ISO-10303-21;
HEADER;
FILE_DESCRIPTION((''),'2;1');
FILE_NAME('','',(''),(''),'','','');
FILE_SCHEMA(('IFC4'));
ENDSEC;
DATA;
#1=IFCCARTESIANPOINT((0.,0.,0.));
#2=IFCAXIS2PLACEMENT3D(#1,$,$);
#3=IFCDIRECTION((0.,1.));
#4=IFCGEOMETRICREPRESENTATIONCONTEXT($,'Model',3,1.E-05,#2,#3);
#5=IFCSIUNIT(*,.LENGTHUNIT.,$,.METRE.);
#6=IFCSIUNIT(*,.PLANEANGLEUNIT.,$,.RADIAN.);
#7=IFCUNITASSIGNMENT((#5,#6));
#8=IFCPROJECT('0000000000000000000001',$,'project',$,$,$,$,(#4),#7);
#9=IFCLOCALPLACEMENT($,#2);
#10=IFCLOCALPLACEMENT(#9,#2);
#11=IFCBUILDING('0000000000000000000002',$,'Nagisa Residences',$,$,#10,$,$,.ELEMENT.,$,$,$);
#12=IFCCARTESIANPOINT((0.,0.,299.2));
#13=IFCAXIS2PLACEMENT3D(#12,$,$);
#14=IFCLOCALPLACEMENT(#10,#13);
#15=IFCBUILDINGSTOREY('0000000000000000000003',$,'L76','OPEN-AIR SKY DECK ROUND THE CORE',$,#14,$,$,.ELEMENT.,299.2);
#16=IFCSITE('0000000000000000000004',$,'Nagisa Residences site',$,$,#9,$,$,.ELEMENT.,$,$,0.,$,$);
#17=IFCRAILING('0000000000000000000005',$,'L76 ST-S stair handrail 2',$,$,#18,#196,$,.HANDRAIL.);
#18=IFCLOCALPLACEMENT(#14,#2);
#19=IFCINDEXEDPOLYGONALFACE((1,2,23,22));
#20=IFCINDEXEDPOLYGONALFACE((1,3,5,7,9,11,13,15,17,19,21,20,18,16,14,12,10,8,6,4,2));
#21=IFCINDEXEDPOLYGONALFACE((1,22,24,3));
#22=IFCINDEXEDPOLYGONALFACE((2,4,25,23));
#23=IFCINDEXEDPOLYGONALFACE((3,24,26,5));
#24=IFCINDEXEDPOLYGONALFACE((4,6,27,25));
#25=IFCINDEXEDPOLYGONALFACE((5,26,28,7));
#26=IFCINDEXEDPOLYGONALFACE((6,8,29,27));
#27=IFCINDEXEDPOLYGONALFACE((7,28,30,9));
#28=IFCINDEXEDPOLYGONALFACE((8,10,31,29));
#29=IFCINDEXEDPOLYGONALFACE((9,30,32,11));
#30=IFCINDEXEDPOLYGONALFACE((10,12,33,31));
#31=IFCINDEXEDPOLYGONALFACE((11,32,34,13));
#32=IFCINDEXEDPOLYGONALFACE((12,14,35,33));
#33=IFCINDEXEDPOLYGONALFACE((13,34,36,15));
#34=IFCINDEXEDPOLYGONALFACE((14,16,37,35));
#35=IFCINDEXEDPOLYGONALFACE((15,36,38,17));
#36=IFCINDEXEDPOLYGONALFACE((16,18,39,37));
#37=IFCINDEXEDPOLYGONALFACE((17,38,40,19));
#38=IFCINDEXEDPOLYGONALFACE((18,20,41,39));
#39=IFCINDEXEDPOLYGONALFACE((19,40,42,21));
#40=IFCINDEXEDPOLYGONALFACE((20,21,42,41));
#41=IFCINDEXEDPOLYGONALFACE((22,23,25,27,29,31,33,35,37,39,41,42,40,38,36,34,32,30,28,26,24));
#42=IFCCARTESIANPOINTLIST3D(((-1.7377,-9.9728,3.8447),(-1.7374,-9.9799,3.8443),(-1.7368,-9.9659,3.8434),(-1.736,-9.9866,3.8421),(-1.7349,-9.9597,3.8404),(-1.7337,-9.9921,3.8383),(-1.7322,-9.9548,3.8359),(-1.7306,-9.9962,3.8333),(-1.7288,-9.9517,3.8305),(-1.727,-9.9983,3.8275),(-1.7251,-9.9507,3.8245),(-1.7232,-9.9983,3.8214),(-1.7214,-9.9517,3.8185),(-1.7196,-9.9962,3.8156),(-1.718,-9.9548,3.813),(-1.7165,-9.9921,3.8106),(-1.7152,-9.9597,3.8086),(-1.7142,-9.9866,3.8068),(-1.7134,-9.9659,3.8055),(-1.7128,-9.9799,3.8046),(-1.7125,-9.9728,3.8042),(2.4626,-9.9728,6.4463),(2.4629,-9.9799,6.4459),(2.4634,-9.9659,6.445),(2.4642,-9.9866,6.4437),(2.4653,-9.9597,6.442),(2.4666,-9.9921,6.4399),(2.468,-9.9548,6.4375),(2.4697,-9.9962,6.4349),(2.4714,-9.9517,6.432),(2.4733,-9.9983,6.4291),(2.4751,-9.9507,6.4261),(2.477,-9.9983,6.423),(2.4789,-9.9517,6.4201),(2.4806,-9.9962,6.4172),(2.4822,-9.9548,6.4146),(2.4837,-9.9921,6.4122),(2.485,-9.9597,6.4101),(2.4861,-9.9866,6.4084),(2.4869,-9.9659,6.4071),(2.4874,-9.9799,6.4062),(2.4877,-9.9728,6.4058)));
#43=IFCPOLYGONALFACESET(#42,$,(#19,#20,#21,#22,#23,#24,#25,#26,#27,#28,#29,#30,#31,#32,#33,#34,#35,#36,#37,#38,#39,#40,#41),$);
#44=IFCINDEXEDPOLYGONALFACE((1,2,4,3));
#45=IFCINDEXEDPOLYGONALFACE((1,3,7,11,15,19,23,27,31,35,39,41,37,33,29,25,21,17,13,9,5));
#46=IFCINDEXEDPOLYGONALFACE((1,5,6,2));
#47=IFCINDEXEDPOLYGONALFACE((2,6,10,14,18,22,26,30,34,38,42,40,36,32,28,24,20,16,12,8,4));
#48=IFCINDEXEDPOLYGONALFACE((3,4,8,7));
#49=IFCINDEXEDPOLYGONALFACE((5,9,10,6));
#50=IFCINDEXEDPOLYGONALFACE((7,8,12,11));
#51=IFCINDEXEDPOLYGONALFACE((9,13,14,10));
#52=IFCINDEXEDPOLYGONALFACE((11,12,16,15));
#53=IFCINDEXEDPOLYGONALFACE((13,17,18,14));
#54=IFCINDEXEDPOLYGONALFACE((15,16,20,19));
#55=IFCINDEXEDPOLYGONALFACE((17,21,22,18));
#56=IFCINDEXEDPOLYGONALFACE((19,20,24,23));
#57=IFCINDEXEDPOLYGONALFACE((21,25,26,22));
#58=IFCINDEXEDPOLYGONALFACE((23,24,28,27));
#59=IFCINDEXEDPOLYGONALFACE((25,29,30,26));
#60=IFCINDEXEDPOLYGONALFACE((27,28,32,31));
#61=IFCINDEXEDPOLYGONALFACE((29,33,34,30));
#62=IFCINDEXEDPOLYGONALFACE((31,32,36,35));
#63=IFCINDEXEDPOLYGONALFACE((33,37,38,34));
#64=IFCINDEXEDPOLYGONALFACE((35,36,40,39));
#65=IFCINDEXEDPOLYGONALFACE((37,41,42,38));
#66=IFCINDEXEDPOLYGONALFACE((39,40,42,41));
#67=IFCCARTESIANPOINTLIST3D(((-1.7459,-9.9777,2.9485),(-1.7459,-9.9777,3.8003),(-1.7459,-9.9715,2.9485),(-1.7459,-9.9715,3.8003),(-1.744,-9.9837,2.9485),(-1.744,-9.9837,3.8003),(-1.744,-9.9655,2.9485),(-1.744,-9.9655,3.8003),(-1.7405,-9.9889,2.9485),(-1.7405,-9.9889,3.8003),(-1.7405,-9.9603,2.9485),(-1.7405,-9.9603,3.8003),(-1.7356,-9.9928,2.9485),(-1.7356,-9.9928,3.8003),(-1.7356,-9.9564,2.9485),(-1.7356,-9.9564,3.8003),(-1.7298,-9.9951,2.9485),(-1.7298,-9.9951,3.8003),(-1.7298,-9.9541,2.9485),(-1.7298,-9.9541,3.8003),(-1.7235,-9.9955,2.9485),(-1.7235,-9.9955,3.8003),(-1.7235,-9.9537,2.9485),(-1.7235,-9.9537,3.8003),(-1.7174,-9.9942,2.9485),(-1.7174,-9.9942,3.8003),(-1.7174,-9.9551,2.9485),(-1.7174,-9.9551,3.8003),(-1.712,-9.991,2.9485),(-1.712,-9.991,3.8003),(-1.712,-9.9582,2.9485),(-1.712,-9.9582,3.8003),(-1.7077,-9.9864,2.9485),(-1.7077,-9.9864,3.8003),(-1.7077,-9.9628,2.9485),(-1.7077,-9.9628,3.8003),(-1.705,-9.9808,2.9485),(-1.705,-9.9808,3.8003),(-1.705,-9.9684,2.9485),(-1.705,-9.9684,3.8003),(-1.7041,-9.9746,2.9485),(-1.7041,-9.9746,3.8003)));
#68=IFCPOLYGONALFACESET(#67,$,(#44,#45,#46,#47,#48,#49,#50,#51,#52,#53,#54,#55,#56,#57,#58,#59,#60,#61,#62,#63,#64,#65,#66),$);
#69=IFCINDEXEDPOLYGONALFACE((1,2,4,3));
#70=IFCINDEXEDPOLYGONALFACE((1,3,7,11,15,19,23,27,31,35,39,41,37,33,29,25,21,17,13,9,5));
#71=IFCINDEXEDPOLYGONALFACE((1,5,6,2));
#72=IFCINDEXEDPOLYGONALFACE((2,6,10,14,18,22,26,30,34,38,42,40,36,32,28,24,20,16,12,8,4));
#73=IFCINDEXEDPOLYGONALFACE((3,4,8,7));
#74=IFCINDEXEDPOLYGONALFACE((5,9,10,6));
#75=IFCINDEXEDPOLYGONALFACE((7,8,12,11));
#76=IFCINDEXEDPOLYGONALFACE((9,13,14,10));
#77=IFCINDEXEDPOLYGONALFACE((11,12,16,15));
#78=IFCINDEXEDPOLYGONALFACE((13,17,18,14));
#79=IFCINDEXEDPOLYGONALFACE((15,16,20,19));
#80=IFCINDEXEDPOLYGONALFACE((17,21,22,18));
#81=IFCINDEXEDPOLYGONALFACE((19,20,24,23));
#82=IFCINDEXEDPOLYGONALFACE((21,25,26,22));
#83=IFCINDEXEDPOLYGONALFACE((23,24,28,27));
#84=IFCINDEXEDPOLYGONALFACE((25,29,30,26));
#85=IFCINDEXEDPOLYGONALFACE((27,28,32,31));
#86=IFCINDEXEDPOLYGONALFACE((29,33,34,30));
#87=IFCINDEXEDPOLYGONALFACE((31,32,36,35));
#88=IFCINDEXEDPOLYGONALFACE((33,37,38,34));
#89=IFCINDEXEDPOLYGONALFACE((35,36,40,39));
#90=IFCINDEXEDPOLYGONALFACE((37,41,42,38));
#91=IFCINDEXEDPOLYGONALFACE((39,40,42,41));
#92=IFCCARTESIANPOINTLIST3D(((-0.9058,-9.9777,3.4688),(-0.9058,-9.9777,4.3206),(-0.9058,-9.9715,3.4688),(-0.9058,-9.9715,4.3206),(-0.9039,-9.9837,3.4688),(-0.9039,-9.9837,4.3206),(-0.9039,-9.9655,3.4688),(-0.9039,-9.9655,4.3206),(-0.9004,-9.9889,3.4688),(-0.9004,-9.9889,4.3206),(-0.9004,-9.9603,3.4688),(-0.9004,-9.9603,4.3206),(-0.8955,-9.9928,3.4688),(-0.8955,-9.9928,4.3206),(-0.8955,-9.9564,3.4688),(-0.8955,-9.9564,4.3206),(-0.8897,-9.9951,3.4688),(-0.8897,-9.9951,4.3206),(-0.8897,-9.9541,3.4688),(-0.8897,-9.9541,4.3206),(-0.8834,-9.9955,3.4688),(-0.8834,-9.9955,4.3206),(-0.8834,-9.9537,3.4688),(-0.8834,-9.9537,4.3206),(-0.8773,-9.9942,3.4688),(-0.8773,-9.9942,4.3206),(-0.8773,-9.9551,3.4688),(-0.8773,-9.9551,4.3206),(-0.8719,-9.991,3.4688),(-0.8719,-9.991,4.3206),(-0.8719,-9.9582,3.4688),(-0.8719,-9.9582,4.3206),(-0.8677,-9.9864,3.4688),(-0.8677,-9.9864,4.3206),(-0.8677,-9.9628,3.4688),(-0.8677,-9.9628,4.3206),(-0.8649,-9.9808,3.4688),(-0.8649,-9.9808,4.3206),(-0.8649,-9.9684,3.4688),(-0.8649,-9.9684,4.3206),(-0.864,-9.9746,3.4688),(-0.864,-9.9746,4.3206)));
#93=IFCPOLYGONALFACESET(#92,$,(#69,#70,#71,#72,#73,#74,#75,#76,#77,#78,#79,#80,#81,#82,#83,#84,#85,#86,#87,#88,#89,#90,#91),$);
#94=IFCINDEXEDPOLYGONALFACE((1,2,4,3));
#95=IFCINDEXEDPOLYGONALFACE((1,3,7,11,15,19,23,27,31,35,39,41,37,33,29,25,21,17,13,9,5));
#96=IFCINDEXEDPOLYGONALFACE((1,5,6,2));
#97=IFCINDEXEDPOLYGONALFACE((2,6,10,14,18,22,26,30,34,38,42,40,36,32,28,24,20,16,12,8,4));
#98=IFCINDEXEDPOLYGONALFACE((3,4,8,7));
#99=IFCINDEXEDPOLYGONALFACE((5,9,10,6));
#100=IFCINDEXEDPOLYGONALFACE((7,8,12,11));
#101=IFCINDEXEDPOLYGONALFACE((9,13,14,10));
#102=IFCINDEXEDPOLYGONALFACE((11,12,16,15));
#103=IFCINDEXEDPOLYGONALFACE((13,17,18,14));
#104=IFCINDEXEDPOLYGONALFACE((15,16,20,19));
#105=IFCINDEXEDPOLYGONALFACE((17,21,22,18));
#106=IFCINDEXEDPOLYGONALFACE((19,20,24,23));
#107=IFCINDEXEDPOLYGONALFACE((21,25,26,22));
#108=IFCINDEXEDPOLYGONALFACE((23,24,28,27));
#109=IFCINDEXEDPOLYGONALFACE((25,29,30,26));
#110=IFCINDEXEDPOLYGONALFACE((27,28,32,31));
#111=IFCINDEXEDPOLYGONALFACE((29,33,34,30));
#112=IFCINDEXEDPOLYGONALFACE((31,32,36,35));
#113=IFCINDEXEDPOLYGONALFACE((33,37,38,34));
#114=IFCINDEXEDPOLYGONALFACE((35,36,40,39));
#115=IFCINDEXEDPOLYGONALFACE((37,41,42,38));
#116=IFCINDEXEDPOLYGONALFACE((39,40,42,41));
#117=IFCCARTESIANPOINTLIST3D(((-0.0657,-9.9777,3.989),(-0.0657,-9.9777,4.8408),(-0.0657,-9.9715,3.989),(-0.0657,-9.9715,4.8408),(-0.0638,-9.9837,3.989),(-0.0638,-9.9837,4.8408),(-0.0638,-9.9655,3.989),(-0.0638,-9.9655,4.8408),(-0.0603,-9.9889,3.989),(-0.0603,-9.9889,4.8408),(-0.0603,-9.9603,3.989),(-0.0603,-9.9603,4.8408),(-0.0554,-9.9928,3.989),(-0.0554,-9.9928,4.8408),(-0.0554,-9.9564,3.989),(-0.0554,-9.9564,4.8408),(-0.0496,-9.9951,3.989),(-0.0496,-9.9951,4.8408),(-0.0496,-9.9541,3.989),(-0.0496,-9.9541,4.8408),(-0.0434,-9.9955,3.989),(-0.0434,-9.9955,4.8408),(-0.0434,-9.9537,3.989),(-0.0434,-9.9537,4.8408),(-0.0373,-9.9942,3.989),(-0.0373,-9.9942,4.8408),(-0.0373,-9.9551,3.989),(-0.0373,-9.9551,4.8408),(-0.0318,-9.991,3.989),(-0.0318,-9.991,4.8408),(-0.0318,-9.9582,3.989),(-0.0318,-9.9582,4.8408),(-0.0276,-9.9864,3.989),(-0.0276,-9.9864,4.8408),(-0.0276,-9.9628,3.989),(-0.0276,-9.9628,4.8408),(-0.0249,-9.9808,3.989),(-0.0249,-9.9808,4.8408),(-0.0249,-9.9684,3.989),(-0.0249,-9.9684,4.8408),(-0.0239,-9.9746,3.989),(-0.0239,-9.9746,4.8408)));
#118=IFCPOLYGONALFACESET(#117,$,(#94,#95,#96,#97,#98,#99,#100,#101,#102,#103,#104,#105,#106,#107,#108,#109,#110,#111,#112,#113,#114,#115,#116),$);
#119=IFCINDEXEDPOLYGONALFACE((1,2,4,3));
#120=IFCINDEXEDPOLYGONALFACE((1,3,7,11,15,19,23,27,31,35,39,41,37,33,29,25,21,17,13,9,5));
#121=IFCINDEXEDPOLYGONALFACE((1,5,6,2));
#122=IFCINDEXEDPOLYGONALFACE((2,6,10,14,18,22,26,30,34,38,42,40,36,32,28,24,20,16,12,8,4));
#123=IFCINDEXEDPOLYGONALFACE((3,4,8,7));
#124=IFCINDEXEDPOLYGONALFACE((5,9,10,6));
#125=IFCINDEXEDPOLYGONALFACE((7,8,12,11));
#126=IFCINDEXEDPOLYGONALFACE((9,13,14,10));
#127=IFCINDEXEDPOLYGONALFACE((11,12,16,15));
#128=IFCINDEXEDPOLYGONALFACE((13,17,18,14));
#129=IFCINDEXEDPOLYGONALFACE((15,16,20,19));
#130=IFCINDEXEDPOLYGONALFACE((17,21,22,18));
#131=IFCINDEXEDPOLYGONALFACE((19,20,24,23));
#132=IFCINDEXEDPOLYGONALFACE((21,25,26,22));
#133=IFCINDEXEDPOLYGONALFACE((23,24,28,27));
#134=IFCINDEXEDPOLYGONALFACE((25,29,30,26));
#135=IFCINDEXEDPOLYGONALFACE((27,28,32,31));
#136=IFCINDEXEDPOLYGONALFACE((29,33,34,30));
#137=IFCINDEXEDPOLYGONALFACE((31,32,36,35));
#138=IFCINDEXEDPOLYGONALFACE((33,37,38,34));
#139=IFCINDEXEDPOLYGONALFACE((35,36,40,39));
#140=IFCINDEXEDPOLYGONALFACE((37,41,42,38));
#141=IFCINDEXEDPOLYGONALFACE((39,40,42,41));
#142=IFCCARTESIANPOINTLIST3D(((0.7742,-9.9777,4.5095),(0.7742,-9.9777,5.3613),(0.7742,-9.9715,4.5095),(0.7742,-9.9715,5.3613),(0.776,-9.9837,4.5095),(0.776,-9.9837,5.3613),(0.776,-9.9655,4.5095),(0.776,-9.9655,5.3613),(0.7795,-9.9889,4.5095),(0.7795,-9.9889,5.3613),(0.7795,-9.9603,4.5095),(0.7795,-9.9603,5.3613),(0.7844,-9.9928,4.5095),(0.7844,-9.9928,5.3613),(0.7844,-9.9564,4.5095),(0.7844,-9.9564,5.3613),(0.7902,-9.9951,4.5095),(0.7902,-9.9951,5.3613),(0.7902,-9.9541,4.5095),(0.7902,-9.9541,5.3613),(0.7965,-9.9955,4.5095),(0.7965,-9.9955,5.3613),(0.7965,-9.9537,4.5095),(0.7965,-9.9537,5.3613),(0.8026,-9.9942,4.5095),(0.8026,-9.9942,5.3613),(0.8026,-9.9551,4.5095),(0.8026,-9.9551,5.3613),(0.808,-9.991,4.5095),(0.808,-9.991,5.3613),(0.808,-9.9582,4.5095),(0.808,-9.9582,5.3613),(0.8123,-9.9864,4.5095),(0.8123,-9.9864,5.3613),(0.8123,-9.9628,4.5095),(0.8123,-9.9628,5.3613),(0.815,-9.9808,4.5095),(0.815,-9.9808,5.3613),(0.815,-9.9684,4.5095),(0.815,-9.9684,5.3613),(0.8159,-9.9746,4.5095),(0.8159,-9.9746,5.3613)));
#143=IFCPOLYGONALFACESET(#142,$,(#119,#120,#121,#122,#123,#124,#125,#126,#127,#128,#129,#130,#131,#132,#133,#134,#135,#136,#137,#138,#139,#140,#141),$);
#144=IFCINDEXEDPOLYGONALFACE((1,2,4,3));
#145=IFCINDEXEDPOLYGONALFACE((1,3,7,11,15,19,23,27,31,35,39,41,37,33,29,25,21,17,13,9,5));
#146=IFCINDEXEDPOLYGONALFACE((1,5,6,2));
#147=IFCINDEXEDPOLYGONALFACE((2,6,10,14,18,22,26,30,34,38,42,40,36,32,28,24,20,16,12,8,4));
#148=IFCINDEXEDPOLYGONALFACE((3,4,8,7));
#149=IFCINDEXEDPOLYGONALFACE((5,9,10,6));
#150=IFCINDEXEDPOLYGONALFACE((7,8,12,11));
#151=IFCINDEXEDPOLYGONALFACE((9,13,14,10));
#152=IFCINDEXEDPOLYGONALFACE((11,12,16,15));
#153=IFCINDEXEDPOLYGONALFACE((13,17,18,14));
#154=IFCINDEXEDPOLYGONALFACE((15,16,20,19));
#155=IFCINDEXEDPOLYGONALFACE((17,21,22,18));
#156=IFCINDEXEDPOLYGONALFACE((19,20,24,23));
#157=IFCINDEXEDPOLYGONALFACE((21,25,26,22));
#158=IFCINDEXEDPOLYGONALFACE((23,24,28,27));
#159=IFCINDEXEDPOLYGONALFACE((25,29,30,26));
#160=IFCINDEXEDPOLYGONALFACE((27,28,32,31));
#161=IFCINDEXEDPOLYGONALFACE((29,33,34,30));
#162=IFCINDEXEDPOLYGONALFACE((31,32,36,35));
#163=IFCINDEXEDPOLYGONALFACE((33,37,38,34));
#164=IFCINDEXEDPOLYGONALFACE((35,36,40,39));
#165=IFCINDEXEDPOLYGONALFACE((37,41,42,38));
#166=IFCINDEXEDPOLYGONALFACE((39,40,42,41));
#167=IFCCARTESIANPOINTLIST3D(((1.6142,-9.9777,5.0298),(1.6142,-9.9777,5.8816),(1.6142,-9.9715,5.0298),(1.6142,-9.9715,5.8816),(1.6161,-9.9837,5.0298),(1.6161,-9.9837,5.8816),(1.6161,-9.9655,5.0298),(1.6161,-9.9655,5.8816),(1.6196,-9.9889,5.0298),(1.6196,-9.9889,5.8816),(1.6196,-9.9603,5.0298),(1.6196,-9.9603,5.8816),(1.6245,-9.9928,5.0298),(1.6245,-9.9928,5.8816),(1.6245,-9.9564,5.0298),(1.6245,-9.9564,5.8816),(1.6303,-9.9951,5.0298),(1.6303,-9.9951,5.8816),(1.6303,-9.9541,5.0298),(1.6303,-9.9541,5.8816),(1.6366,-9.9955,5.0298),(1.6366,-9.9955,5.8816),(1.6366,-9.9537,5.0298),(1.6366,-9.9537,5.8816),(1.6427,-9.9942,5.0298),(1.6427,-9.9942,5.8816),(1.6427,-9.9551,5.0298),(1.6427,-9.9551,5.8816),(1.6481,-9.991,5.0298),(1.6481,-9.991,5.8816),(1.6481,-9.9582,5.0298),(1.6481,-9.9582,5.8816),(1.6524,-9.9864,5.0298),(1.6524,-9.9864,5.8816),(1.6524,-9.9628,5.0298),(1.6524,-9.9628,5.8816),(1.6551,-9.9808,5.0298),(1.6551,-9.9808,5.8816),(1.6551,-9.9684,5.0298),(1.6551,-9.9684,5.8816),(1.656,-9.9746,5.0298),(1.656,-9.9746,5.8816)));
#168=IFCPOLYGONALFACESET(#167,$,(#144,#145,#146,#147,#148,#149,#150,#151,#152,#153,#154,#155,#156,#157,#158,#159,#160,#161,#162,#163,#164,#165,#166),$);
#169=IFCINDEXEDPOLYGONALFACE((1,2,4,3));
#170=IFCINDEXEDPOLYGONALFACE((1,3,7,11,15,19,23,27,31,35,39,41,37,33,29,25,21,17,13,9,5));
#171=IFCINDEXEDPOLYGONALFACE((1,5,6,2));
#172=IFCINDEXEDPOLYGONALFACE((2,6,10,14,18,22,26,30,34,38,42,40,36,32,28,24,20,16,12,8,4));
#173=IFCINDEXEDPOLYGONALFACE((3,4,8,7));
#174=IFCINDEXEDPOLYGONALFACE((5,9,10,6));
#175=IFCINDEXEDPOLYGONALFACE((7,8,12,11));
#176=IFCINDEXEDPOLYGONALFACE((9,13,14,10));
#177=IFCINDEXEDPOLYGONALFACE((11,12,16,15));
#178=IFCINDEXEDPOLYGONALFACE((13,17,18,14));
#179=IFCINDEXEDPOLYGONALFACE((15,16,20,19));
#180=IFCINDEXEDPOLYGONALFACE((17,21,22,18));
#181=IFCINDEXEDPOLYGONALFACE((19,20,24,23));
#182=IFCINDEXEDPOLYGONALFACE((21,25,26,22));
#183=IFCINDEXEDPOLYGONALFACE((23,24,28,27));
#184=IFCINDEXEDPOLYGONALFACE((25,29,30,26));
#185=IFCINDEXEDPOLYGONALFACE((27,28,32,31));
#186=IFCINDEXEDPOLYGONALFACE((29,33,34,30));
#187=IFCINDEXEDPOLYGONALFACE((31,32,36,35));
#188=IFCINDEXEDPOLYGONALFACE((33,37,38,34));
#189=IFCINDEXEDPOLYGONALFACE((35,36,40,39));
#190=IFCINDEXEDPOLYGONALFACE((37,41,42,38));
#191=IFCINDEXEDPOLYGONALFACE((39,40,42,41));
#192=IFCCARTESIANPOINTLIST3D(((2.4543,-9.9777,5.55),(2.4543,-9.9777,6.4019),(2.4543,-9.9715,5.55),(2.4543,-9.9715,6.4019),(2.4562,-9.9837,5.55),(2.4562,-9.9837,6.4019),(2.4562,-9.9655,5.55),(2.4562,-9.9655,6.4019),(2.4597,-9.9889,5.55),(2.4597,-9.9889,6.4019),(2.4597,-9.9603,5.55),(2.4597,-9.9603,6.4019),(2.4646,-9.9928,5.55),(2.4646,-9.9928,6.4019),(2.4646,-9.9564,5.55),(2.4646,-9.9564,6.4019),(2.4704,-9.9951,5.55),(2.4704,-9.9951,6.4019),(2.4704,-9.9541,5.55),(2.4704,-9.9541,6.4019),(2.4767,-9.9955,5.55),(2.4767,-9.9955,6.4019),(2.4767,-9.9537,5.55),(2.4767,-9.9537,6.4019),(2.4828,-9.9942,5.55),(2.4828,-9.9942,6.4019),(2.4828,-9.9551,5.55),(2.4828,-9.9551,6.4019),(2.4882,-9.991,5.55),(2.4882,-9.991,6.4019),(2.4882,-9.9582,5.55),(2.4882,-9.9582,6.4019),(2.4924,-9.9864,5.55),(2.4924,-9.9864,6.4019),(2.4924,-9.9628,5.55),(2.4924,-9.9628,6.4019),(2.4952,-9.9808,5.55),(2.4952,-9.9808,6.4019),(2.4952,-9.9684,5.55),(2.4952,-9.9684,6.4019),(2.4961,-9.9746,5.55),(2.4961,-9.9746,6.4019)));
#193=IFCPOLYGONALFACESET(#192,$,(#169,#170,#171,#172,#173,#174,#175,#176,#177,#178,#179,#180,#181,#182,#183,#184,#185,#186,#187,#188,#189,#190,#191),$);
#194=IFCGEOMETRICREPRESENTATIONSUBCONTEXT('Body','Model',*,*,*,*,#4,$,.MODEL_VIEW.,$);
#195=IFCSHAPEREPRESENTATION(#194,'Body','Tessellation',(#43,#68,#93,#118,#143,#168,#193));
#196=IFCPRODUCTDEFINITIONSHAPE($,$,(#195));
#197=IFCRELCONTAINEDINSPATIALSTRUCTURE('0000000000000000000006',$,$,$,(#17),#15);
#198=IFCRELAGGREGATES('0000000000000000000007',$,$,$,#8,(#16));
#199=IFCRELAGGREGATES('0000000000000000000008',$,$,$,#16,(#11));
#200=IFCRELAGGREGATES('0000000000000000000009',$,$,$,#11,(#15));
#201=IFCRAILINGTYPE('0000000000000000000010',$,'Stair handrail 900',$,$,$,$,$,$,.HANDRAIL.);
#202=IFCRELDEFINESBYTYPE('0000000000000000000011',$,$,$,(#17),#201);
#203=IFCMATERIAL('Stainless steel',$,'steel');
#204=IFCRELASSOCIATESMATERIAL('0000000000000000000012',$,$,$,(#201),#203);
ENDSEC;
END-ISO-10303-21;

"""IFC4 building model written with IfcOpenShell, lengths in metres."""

from ifc_helpers import new_model, si_unit, direction, frame, origin, origin_2d, place, context, subcontext, project, spatial, circle, extrude, material, type_object, element, save


model = new_model("IFC4")

# Units and contexts
model_context = context("Model", 3, precision=1e-05, world=origin(), true_north=direction((0.0, 1.0)))
body_context = subcontext(model_context, "Body", "Model", "MODEL_VIEW")
ifc_project = project(units=[si_unit("LENGTHUNIT", "METRE"), si_unit("PLANEANGLEUNIT", "RADIAN")], contexts=[model_context])

# Site, building, storey
site_placement = place(None, origin())
site = spatial("IfcSite", under=ifc_project, at=site_placement, Name="Nagisa Residences site", CompositionType="ELEMENT", RefElevation=0.0)
building_placement = place(site_placement, origin())
building = spatial("IfcBuilding", under=site, at=building_placement, Name="Nagisa Residences", CompositionType="ELEMENT")
storey_placement = place(building_placement, frame((0.0, 0.0, 299.2)))
storey = spatial("IfcBuildingStorey", under=building, at=storey_placement, Name="L76", Description="OPEN-AIR SKY DECK ROUND THE CORE", CompositionType="ELEMENT", Elevation=299.2)

# Railing
ifc_material_1 = material(Name="Stainless steel", Category="steel")
railing_type_1 = type_object("IfcRailingType", Name="Stair handrail 900", PredefinedType="HANDRAIL", material=ifc_material_1)
for number, where, name in (
    (1, (-1.7251, -9.9746, 2.9485), "L76 ST-S stair handrail 2"),
):
    element("IfcRailing", number, at=place(storey_placement, frame(where)), inside=storey, type_object=railing_type_1, Name=name, PredefinedType="HANDRAIL", context=body_context, shape_type="SweptSolid", body=[
        extrude(circle(Radius=0.0239, at=origin_2d()), frame((0.0, 0.0, 0.876), z_axis=(0.850135, 0.0, 0.526566), x_axis=(0.0, 1.0, 0.0)), (0.0, 0.0, 1.0), 4.9407),
        extrude(circle(Radius=0.021, at=origin_2d()), origin(), (0.0, 0.0, 1.0), 0.8518),
        extrude(circle(Radius=0.021, at=origin_2d()), frame((0.8401, 0.0, 0.5203)), (0.0, 0.0, 1.0), 0.8518),
        extrude(circle(Radius=0.021, at=origin_2d()), frame((1.6802, 0.0, 1.0405)), (0.0, 0.0, 1.0), 0.8518),
        extrude(circle(Radius=0.021, at=origin_2d()), frame((2.52, 0.0, 1.561)), (0.0, 0.0, 1.0), 0.8518),
        extrude(circle(Radius=0.021, at=origin_2d()), frame((3.3601, 0.0, 2.0813)), (0.0, 0.0, 1.0), 0.8518),
        extrude(circle(Radius=0.021, at=origin_2d()), frame((4.2002, 0.0, 2.6016)), (0.0, 0.0, 1.0), 0.8518),
    ])

save(model, "model.ifc")
